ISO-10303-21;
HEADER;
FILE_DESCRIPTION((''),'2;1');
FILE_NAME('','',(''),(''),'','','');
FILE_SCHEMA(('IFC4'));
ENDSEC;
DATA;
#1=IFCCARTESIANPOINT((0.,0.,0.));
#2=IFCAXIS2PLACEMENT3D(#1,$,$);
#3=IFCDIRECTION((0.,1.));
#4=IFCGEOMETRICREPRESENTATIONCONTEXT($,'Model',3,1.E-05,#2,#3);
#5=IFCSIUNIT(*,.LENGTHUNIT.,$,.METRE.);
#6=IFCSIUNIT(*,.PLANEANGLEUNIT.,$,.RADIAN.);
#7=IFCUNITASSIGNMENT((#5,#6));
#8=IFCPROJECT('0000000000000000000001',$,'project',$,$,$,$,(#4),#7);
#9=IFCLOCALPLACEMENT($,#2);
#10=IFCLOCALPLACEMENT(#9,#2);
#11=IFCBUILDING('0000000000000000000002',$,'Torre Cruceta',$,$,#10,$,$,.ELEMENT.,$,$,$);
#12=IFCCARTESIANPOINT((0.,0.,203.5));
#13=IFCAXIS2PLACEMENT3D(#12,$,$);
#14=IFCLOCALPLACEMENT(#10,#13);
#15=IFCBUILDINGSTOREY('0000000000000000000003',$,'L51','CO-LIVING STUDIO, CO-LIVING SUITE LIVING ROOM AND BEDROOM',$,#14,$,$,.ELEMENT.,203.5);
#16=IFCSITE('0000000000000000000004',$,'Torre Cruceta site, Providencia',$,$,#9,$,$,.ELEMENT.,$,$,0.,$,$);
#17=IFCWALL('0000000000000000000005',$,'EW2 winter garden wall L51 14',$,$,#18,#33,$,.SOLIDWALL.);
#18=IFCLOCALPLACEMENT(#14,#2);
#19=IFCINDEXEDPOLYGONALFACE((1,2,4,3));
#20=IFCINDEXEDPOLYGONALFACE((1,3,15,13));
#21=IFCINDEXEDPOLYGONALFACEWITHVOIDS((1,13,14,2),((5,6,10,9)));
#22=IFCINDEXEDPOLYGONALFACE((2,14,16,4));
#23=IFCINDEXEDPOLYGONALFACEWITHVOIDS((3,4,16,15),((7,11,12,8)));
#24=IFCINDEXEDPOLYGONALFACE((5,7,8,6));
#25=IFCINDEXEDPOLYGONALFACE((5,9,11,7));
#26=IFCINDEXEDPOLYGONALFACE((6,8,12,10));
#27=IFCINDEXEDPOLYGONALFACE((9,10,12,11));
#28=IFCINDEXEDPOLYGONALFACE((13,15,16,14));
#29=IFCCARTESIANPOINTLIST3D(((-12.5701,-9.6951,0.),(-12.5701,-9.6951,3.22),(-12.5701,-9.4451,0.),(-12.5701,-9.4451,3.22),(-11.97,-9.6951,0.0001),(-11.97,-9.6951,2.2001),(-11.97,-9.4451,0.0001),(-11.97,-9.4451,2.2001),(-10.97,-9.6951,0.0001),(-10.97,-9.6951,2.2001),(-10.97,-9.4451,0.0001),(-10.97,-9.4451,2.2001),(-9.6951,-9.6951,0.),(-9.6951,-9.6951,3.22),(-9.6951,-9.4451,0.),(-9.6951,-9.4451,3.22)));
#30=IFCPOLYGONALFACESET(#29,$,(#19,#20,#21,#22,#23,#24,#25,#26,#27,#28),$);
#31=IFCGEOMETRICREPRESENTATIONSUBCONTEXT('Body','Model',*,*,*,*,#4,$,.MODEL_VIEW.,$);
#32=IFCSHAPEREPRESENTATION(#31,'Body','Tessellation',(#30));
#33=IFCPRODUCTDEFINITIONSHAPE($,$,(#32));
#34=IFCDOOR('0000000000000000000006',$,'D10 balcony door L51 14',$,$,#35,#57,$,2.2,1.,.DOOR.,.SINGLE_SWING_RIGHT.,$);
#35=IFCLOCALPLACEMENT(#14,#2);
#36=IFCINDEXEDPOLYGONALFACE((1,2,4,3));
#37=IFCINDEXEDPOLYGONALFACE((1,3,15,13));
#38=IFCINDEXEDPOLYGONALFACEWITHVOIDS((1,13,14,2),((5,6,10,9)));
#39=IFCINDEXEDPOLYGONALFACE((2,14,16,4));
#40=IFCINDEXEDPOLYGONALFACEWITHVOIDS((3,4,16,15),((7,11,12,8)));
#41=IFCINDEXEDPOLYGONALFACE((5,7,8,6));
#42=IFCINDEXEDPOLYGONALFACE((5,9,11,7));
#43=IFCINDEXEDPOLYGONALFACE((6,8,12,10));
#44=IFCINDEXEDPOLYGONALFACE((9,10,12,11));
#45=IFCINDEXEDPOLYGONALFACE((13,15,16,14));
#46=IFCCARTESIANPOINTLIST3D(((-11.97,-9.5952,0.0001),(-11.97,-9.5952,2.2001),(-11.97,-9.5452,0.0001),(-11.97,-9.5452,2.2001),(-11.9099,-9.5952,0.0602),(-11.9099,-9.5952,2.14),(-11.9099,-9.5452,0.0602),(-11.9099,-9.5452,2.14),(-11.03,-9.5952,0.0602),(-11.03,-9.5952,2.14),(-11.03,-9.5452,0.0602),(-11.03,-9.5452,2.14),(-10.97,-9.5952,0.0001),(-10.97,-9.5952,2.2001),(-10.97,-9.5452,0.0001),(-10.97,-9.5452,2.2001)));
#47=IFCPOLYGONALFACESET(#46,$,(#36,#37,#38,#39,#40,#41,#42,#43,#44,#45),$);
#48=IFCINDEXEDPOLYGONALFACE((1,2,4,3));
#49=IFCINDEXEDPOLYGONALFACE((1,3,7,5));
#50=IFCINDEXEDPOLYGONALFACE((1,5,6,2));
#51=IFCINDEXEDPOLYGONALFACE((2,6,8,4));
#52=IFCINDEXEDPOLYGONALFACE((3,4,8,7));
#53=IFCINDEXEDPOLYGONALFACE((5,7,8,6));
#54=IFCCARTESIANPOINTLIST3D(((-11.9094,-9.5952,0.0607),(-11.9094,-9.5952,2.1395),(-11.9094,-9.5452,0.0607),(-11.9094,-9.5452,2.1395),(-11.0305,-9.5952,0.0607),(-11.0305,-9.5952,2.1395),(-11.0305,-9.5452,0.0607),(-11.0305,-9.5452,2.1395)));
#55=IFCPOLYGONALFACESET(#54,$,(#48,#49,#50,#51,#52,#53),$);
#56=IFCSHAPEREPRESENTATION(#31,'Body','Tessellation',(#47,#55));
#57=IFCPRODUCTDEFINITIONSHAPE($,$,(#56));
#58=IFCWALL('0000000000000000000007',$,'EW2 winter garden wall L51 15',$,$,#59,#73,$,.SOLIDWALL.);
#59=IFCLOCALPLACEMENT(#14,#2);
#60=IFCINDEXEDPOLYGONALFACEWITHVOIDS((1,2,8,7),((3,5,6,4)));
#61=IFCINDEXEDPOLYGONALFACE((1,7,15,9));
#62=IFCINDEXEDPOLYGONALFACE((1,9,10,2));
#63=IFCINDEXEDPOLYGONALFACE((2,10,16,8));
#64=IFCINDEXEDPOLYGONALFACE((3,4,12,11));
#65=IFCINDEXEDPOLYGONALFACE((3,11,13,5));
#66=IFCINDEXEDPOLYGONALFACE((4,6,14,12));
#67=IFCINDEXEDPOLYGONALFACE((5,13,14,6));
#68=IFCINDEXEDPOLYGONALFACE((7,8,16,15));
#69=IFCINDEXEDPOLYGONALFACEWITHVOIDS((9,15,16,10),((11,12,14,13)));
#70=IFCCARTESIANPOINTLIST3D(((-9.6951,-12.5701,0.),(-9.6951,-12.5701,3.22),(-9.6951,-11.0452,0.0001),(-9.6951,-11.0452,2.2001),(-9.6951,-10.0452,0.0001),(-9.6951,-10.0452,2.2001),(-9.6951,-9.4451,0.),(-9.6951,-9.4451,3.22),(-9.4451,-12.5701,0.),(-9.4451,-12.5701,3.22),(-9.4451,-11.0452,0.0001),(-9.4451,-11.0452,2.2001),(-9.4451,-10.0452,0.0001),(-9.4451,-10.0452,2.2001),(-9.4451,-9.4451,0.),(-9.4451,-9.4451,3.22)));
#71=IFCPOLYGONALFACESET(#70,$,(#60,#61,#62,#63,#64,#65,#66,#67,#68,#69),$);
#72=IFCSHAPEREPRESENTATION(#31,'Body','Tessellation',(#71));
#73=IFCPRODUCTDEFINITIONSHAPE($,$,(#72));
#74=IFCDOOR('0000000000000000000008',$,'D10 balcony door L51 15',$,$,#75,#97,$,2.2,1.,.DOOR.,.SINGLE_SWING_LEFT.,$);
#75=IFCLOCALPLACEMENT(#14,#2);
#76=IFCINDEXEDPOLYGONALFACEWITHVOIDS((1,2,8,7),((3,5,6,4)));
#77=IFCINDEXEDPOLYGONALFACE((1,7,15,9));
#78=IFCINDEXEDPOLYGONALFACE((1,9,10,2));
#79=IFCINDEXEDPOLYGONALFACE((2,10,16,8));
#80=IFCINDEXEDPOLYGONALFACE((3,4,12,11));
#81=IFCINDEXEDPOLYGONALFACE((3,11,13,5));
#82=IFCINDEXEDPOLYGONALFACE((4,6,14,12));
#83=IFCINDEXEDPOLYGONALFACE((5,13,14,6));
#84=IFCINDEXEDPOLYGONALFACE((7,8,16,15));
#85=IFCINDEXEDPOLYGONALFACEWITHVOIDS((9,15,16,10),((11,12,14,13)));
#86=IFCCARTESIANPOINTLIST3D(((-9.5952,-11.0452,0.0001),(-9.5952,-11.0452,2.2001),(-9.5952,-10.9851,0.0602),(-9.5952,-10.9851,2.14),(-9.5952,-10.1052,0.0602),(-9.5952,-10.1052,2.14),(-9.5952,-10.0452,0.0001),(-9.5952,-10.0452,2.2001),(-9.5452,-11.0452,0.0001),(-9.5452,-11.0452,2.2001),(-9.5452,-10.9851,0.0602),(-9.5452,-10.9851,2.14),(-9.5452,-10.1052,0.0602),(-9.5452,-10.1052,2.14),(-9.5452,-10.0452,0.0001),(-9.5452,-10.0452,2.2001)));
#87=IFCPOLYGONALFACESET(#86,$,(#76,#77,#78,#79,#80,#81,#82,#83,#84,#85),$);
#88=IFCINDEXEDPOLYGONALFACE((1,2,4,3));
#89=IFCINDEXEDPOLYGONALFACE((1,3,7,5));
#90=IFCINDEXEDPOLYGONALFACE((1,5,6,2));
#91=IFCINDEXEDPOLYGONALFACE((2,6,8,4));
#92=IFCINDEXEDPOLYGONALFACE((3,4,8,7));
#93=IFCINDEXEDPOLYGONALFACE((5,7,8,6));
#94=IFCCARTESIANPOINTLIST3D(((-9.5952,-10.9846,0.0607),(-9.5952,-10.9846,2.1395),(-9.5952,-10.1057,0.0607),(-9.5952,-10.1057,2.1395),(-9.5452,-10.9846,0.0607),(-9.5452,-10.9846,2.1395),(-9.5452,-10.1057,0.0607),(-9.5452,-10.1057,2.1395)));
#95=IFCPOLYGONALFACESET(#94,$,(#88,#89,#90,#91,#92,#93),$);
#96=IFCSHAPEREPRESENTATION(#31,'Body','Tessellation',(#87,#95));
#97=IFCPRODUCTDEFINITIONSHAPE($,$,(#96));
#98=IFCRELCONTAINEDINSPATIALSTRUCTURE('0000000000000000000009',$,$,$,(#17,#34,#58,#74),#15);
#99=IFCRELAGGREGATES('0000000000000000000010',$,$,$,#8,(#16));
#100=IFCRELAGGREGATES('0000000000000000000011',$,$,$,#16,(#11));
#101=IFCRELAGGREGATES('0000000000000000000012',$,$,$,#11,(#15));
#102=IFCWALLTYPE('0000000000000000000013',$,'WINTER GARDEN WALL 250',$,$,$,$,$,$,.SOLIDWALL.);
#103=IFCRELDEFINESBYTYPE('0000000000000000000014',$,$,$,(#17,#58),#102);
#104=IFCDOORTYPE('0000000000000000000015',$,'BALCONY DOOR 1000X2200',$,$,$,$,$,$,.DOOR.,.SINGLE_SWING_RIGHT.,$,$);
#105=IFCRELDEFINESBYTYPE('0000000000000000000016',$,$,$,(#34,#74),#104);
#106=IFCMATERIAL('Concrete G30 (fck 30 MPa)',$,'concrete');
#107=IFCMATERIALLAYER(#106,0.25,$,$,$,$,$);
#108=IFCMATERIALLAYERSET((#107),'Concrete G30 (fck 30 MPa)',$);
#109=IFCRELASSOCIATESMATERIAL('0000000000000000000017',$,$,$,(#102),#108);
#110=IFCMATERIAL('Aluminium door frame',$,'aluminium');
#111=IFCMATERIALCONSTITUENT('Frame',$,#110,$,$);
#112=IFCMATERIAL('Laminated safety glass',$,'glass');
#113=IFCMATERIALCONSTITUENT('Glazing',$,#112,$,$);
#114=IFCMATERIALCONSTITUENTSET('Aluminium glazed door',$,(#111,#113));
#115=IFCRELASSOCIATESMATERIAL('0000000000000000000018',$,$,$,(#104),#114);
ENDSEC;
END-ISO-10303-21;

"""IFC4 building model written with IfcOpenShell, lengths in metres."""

from ifc_helpers import new_model, si_unit, direction, frame, frame_2d, origin, place, context, subcontext, project, spatial, rectangle, hollow_rectangle, extrude, material, layer, layer_set, constituent, constituent_set, type_object, element, fill, save


model = new_model("IFC4")

# Units and contexts
model_context = context("Model", 3, precision=1e-05, world=origin(), true_north=direction((0.0, 1.0)))
body_context = subcontext(model_context, "Body", "Model", "MODEL_VIEW")
ifc_project = project(units=[si_unit("LENGTHUNIT", "METRE"), si_unit("PLANEANGLEUNIT", "RADIAN")], contexts=[model_context])

# Site, building, storey
site_placement = place(None, origin())
site = spatial("IfcSite", under=ifc_project, at=site_placement, Name="Torre Cruceta site, Providencia", CompositionType="ELEMENT", RefElevation=0.0)
building_placement = place(site_placement, origin())
building = spatial("IfcBuilding", under=site, at=building_placement, Name="Torre Cruceta", CompositionType="ELEMENT")
storey_placement = place(building_placement, frame((0.0, 0.0, 203.5)))
storey = spatial("IfcBuildingStorey", under=building, at=storey_placement, Name="L51", Description="CO-LIVING STUDIO, CO-LIVING SUITE LIVING ROOM AND BEDROOM", CompositionType="ELEMENT", Elevation=203.5)

# Walls, openings, doors
ifc_material_1 = material(Name="Concrete G30 (fck 30 MPa)", Category="concrete")
ifc_layer_1 = layer(ifc_material_1, 0.25)
ifc_layer_set_1 = layer_set([ifc_layer_1], Name="Concrete G30 (fck 30 MPa)")
wall_type_1 = type_object("IfcWallType", Name="WINTER GARDEN WALL 250", PredefinedType="SOLIDWALL", material=ifc_layer_set_1)
wall_1_placement = place(storey_placement, frame((-12.5701, -9.5701, 0.0), z_axis=(0.0, 0.0, 1.0), x_axis=(1.0, 0.0, 0.0)))
wall_1 = element("IfcWall", 1, at=wall_1_placement, inside=storey, type_object=wall_type_1, Name="EW2 winter garden wall L51 14", PredefinedType="SOLIDWALL", context=body_context, shape_type="SweptSolid", body=[
    extrude(rectangle(XDim=2.875, YDim=0.25, at=frame_2d((1.4375, 0.0))), origin(), (0.0, 0.0, 1.0), 3.22),
])
opening_1_placement = place(wall_1_placement, frame((0.6001, 0.0, 0.0)))
opening_1 = element("IfcOpeningElement", 2, at=opening_1_placement, cuts=wall_1, PredefinedType="OPENING", context=body_context, shape_type="SweptSolid", body=[
    extrude(rectangle(XDim=1.0, YDim=2.2, at=frame_2d((0.5, 1.1001))), frame((0.0, 0.135, 0.0), z_axis=(0.0, -1.0, 0.0), x_axis=(1.0, 0.0, 0.0)), (0.0, 0.0, 1.0), 0.27),
])
ifc_material_2 = material(Name="Aluminium door frame", Category="aluminium")
ifc_constituent_1 = constituent(ifc_material_2, Name="Frame")
ifc_material_3 = material(Name="Laminated safety glass", Category="glass")
ifc_constituent_2 = constituent(ifc_material_3, Name="Glazing")
ifc_constituent_set_1 = constituent_set(constituents=[ifc_constituent_1, ifc_constituent_2], Name="Aluminium glazed door")
door_type_1 = type_object("IfcDoorType", Name="BALCONY DOOR 1000X2200", OperationType="SINGLE_SWING_RIGHT", PredefinedType="DOOR", material=ifc_constituent_set_1)
door_1_placement = place(opening_1_placement, origin())
door_1 = element("IfcDoor", 3, at=door_1_placement, inside=storey, type_object=door_type_1, Name="D10 balcony door L51 14", OperationType="SINGLE_SWING_RIGHT", OverallHeight=2.2, OverallWidth=1.0, PredefinedType="DOOR", context=body_context, shape_type="SweptSolid", body=[
    extrude(hollow_rectangle(XDim=1.0, YDim=2.2, WallThickness=0.0601, at=frame_2d((0.5, 1.1001))), frame((0.0, 0.0249, 0.0), z_axis=(0.0, -1.0, 0.0), x_axis=(1.0, 0.0, 0.0)), (0.0, 0.0, 1.0), 0.05),
    extrude(rectangle(XDim=0.8789, YDim=2.0789, at=frame_2d((0.5, 1.1001))), frame((0.0, 0.0249, 0.0), z_axis=(0.0, -1.0, 0.0), x_axis=(1.0, 0.0, 0.0)), (0.0, 0.0, 1.0), 0.05),
])
fill(opening_1, door_1)
wall_2_placement = place(storey_placement, frame((-9.5701, -9.4451, 0.0), z_axis=(0.0, 0.0, 1.0), x_axis=(0.0, -1.0, 0.0)))
wall_2 = element("IfcWall", 4, at=wall_2_placement, inside=storey, type_object=wall_type_1, Name="EW2 winter garden wall L51 15", PredefinedType="SOLIDWALL", context=body_context, shape_type="SweptSolid", body=[
    extrude(rectangle(XDim=3.125, YDim=0.25, at=frame_2d((1.5625, 0.0))), origin(), (0.0, 0.0, 1.0), 3.22),
])
opening_2_placement = place(wall_2_placement, frame((0.6001, 0.0, 0.0)))
opening_2 = element("IfcOpeningElement", 5, at=opening_2_placement, cuts=wall_2, PredefinedType="OPENING", context=body_context, shape_type="SweptSolid", body=[
    extrude(rectangle(XDim=1.0, YDim=2.2, at=frame_2d((0.5, 1.1001))), frame((0.0, 0.135, 0.0), z_axis=(0.0, -1.0, 0.0), x_axis=(1.0, 0.0, 0.0)), (0.0, 0.0, 1.0), 0.27),
])
door_2_placement = place(opening_2_placement, origin())
door_2 = element("IfcDoor", 6, at=door_2_placement, inside=storey, type_object=door_type_1, Name="D10 balcony door L51 15", OperationType="SINGLE_SWING_LEFT", OverallHeight=2.2, OverallWidth=1.0, PredefinedType="DOOR", context=body_context, shape_type="SweptSolid", body=[
    extrude(hollow_rectangle(XDim=1.0, YDim=2.2, WallThickness=0.0601, at=frame_2d((0.5, 1.1001))), frame((0.0, 0.0249, 0.0), z_axis=(0.0, -1.0, 0.0), x_axis=(1.0, 0.0, 0.0)), (0.0, 0.0, 1.0), 0.05),
    extrude(rectangle(XDim=0.8789, YDim=2.0789, at=frame_2d((0.5, 1.1001))), frame((0.0, 0.0249, 0.0), z_axis=(0.0, -1.0, 0.0), x_axis=(1.0, 0.0, 0.0)), (0.0, 0.0, 1.0), 0.05),
])
fill(opening_2, door_2)

save(model, "model.ifc")
